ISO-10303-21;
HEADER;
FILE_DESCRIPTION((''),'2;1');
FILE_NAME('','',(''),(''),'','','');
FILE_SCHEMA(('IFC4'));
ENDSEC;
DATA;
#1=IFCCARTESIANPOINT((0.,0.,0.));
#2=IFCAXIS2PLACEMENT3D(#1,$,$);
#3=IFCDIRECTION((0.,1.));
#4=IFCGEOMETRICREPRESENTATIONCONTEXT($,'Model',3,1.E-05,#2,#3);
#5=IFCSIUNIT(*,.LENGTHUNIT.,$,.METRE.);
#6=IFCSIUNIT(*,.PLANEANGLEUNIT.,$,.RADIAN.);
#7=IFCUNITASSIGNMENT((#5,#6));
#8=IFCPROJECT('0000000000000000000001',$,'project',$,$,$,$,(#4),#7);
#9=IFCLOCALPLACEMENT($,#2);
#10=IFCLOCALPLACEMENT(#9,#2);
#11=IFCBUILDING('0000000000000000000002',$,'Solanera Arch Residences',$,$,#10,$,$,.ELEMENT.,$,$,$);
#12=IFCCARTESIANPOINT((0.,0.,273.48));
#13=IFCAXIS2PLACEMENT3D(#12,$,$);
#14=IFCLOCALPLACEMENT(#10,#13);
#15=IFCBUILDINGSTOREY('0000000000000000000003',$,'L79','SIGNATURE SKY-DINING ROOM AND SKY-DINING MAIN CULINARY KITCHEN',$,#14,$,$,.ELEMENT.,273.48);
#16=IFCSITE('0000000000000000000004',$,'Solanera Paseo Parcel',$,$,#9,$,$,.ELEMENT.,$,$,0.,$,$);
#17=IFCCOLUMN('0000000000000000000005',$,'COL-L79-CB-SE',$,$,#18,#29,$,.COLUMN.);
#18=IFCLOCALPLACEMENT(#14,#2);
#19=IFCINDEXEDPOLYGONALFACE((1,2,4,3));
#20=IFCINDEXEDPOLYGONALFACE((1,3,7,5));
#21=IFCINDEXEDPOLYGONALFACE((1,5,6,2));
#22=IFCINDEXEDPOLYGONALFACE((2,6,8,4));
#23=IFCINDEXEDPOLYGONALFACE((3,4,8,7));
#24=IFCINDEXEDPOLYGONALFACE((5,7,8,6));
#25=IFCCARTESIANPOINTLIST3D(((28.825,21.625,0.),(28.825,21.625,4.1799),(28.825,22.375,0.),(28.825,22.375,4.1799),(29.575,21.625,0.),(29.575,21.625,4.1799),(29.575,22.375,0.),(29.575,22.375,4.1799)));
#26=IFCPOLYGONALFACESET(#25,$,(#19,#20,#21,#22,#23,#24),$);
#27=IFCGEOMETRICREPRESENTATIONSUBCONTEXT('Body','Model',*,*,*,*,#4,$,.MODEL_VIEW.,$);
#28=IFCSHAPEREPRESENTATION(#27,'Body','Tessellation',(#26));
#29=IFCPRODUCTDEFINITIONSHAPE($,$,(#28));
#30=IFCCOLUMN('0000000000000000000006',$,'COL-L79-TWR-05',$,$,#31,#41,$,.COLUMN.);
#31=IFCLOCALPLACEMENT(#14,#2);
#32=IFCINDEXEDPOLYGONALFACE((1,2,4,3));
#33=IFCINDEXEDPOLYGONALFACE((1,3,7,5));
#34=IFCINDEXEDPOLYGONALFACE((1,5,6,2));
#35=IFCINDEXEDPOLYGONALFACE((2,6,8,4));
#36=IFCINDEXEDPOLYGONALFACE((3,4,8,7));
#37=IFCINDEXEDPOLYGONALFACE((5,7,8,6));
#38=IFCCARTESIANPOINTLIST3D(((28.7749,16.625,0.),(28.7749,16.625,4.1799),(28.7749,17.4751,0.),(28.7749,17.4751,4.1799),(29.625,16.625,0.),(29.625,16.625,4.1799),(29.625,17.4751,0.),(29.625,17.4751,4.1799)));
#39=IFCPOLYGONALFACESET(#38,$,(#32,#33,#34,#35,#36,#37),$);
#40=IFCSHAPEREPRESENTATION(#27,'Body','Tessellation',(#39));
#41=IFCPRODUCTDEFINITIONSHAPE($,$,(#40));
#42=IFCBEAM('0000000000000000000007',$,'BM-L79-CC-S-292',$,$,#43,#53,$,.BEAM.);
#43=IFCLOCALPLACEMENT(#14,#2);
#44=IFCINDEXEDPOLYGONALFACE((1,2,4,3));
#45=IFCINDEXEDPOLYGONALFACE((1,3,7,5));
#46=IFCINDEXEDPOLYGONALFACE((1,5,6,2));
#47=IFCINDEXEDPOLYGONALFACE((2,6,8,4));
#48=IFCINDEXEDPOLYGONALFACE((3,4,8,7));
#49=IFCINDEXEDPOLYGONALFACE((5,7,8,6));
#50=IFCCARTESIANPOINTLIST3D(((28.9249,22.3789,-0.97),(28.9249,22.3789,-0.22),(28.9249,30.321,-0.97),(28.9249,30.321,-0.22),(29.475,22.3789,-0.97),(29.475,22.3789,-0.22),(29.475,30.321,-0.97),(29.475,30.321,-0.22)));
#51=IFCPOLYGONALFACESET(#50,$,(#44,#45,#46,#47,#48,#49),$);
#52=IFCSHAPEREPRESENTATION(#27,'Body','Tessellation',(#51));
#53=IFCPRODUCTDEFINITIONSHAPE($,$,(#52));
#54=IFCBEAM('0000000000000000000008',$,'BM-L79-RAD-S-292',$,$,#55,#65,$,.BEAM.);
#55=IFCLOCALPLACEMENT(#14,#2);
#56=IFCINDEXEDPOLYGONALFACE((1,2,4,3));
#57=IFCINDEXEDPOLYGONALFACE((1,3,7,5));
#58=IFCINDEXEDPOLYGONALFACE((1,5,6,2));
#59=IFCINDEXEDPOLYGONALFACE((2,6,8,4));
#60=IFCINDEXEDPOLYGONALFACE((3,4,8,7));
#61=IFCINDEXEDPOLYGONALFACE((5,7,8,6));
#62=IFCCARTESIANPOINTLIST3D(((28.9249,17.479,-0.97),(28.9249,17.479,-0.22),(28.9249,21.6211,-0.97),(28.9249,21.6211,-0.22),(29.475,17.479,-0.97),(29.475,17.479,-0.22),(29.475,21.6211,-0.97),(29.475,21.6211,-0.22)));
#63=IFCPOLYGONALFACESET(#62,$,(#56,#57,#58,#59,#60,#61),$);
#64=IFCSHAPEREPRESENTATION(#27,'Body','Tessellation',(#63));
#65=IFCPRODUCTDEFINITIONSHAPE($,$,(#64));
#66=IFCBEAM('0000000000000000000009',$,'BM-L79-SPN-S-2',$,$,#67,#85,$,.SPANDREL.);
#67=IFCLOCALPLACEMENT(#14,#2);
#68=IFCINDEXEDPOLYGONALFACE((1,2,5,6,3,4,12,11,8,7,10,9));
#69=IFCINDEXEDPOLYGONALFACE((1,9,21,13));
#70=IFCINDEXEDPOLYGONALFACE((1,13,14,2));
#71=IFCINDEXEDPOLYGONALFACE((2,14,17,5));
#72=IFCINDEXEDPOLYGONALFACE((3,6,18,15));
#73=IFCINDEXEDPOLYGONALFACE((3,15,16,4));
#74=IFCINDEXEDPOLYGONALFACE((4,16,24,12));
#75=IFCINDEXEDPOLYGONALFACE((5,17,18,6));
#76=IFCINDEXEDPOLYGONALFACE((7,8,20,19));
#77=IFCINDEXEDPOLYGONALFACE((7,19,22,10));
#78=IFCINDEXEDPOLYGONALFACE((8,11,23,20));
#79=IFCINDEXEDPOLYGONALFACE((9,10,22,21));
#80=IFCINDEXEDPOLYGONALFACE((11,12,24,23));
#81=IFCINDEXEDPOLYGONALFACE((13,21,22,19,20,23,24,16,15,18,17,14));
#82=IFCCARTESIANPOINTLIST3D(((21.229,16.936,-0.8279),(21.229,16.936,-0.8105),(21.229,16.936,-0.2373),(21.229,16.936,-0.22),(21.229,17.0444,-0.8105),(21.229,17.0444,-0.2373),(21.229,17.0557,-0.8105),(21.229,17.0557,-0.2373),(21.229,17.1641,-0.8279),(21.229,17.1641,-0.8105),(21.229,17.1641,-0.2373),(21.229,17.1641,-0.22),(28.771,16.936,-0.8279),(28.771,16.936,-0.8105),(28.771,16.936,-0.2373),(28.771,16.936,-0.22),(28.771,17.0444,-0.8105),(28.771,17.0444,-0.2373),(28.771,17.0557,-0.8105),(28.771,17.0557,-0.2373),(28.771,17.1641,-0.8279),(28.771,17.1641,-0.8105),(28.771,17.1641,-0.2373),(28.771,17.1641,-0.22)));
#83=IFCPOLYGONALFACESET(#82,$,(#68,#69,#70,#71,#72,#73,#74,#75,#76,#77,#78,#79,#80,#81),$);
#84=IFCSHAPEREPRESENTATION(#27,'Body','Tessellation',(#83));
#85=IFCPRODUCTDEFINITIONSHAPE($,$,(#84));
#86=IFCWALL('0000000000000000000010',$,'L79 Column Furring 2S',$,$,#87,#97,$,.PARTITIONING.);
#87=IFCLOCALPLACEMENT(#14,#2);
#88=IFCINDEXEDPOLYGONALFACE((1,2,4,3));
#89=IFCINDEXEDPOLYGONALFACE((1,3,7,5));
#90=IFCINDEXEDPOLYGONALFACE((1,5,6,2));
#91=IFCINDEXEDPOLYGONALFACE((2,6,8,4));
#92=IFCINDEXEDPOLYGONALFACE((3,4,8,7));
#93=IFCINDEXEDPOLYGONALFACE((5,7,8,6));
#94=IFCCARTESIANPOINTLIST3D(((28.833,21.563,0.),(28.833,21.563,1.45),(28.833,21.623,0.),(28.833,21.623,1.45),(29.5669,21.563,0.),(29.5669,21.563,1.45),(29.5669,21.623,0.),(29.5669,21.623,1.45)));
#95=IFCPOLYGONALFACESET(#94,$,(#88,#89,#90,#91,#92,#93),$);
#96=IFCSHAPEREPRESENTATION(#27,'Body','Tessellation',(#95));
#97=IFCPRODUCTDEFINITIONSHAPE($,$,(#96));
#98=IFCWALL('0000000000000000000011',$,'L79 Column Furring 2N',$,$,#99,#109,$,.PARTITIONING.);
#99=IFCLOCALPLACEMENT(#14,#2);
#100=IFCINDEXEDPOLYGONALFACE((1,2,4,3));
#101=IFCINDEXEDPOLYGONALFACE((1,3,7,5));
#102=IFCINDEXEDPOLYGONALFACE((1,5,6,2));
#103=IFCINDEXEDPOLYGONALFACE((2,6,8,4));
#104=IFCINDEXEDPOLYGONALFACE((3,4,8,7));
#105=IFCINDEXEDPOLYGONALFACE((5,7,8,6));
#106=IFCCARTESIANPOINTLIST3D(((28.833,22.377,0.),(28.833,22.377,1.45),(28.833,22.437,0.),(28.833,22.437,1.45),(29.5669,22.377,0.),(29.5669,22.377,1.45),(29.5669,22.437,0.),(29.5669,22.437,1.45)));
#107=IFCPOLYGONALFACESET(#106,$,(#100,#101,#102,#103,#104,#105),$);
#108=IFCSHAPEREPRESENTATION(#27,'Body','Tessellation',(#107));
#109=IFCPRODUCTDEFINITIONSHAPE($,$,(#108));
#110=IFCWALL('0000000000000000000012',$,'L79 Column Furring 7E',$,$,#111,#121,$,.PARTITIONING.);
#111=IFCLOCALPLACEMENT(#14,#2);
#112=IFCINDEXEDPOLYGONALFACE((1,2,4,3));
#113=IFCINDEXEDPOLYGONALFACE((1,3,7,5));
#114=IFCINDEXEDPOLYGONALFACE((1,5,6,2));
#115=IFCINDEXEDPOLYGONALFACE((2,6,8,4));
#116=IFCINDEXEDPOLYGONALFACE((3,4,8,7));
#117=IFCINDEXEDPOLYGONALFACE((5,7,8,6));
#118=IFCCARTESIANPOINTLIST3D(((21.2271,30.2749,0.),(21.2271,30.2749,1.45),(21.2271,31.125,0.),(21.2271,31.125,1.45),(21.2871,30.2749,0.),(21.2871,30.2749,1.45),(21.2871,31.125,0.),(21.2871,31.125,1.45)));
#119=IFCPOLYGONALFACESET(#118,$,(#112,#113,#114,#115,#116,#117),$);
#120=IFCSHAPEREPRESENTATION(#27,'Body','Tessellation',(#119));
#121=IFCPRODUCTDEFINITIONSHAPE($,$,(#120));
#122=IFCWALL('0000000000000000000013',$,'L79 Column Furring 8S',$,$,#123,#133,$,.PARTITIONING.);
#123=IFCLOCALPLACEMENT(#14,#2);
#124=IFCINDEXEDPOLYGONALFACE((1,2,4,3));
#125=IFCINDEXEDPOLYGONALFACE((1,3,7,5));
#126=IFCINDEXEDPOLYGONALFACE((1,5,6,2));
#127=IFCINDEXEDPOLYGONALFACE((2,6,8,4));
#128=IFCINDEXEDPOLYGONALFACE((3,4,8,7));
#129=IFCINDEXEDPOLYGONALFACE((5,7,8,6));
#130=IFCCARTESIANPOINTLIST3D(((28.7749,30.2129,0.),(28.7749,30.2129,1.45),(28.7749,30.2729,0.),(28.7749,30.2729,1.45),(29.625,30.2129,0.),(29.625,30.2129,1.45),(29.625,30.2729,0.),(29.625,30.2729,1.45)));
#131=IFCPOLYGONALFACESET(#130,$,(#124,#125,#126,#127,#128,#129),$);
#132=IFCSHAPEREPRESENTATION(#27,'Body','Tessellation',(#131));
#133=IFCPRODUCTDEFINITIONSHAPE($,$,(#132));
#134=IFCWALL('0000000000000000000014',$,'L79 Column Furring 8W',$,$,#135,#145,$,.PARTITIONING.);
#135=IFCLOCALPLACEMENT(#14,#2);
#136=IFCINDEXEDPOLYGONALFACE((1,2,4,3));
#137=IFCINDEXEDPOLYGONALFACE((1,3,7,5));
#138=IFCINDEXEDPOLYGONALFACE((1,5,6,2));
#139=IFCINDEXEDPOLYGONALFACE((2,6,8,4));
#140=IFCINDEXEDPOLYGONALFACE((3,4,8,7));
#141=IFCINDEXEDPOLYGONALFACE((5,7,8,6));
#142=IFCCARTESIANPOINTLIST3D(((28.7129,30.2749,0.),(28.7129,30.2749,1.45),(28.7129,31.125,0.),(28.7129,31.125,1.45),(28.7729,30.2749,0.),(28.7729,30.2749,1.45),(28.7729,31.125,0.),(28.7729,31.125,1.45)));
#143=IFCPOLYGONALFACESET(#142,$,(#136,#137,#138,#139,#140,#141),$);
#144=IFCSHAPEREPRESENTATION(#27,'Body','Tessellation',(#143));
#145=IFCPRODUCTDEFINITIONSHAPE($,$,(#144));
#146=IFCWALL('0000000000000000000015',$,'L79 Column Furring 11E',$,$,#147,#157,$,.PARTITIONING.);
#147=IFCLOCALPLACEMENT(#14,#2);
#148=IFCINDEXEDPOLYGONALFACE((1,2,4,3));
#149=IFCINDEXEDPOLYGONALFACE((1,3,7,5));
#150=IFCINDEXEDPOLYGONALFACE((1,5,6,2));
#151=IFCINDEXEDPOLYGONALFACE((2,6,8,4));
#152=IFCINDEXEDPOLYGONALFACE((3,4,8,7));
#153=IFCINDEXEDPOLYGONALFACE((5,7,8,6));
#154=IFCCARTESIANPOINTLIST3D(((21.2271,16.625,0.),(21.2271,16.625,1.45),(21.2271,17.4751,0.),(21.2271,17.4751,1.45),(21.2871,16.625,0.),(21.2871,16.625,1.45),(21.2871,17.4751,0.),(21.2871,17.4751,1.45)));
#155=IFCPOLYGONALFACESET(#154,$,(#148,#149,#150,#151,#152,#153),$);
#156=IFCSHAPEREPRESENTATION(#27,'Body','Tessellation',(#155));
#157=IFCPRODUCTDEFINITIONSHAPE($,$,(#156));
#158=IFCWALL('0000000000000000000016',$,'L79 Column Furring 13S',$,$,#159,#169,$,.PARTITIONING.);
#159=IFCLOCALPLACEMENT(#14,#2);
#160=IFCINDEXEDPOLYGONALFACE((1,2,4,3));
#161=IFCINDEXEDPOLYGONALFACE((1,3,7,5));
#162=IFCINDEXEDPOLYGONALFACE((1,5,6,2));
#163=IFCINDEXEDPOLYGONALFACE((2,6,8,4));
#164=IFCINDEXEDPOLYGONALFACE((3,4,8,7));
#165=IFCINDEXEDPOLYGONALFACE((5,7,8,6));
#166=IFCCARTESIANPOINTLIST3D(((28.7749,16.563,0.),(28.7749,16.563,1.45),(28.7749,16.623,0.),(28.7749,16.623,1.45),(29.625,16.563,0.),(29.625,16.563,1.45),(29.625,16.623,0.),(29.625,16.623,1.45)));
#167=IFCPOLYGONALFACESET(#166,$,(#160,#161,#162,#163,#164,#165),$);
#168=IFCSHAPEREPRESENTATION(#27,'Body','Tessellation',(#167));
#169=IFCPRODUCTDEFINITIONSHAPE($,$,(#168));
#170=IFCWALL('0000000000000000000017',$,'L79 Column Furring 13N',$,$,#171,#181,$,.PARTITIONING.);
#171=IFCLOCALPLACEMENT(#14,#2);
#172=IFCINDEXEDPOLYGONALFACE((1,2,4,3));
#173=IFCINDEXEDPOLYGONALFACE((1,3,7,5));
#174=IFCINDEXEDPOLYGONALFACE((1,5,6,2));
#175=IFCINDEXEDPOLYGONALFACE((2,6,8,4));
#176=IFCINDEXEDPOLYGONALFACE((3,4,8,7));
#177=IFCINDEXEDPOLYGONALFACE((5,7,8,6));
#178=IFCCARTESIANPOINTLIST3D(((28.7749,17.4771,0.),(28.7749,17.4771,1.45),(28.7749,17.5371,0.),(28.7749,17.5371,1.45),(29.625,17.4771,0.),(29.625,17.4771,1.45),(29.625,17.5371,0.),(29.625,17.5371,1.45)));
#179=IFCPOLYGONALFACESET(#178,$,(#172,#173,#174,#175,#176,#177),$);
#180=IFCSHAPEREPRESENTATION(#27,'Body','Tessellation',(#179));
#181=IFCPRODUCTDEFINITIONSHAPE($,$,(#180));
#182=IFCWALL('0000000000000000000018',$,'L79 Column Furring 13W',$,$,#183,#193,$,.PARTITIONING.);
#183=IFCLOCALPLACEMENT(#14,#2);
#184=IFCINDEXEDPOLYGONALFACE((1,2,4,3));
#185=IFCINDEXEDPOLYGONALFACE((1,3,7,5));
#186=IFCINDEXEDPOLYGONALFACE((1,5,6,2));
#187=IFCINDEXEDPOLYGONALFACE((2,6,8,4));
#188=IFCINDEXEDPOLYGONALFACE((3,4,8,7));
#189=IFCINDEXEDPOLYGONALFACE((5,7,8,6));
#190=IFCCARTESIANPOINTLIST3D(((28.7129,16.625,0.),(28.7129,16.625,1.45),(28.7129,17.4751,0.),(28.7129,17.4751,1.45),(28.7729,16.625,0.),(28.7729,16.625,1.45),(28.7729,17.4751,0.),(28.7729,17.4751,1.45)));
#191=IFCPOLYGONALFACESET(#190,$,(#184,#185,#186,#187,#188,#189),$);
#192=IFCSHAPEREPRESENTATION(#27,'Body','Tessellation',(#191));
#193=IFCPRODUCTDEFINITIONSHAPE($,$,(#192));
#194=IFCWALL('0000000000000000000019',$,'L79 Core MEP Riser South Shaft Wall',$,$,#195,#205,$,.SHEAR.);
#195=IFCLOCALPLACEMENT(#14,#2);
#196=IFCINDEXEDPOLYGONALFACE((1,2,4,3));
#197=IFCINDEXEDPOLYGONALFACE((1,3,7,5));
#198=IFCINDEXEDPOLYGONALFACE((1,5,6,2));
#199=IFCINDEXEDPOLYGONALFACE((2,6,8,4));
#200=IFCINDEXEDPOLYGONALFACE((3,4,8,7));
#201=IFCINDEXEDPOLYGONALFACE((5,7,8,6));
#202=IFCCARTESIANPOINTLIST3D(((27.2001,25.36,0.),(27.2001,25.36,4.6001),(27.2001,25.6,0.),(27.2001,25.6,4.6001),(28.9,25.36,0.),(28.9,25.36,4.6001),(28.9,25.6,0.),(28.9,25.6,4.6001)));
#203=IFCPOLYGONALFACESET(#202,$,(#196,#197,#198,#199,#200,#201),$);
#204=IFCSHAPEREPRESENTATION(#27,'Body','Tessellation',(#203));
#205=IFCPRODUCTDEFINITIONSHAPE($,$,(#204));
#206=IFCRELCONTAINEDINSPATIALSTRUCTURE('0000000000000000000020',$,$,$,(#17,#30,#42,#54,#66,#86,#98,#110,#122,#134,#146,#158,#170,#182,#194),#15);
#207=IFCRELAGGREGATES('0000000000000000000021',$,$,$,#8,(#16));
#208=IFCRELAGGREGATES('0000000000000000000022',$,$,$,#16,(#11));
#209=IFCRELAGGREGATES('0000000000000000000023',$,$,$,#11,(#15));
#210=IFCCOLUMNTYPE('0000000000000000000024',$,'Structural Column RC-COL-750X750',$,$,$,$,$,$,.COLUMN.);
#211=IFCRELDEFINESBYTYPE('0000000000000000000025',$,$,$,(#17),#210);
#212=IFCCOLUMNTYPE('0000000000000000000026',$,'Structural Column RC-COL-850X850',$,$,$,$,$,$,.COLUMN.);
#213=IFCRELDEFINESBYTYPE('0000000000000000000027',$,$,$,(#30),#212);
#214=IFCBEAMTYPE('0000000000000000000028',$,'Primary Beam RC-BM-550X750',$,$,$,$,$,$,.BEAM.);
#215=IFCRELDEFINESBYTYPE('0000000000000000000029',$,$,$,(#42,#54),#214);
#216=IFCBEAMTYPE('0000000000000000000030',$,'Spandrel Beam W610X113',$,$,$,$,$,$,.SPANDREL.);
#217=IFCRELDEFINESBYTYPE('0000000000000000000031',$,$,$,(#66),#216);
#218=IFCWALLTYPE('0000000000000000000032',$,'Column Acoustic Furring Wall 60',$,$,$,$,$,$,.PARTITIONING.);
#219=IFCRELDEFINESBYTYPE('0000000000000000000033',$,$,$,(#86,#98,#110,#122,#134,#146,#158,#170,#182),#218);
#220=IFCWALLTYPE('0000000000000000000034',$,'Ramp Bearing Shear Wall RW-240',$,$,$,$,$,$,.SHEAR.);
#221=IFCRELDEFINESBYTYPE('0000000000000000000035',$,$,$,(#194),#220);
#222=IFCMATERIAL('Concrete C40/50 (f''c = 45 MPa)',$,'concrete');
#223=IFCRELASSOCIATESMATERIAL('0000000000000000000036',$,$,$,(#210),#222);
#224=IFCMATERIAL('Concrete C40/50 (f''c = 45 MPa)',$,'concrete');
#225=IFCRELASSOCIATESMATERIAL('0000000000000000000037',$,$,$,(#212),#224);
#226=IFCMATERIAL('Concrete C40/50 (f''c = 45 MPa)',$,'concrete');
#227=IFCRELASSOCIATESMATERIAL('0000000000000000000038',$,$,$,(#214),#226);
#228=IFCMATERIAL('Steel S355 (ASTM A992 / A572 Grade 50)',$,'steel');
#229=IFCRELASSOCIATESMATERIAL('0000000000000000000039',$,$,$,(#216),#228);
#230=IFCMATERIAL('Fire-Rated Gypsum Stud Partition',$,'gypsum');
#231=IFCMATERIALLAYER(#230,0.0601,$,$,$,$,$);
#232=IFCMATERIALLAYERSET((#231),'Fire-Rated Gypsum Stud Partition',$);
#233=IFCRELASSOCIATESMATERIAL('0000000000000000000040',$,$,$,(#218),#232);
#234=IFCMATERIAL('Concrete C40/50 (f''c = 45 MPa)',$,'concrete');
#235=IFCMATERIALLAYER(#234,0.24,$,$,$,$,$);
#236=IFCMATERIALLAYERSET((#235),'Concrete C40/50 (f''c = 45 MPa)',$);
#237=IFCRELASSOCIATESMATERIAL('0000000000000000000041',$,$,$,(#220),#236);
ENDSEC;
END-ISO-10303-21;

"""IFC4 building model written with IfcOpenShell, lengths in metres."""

from ifc_helpers import new_model, si_unit, direction, frame, frame_2d, origin, origin_2d, place, context, subcontext, project, spatial, rectangle, i_section, extrude, material, layer, layer_set, material_profile, profile_set, type_object, element, save


model = new_model("IFC4")

# Units and contexts
model_context = context("Model", 3, precision=1e-05, world=origin(), true_north=direction((0.0, 1.0)))
body_context = subcontext(model_context, "Body", "Model", "MODEL_VIEW")
ifc_project = project(units=[si_unit("LENGTHUNIT", "METRE"), si_unit("PLANEANGLEUNIT", "RADIAN")], contexts=[model_context])

# Site, building, storey
site_placement = place(None, origin())
site = spatial("IfcSite", under=ifc_project, at=site_placement, Name="Solanera Paseo Parcel", CompositionType="ELEMENT", RefElevation=0.0)
building_placement = place(site_placement, origin())
building = spatial("IfcBuilding", under=site, at=building_placement, Name="Solanera Arch Residences", CompositionType="ELEMENT")
storey_placement = place(building_placement, frame((0.0, 0.0, 273.48)))
storey = spatial("IfcBuildingStorey", under=building, at=storey_placement, Name="L79", Description="SIGNATURE SKY-DINING ROOM AND SKY-DINING MAIN CULINARY KITCHEN", CompositionType="ELEMENT", Elevation=273.48)

# Columns
ifc_material_1 = material(Name="Concrete C40/50 (f'c = 45 MPa)", Category="concrete")
ifc_material_profile_1 = material_profile(ifc_material_1, rectangle(XDim=0.75, YDim=0.75, at=origin_2d()))
ifc_profile_set_1 = profile_set([ifc_material_profile_1], Name="Concrete C40/50 (f'c = 45 MPa)")
column_type_1 = type_object("IfcColumnType", Name="Structural Column RC-COL-750X750", PredefinedType="COLUMN", material=ifc_profile_set_1)
column_1_placement = place(storey_placement, frame((29.2, 22.0, 0.0), z_axis=(0.0, 0.0, 1.0), x_axis=(1.0, 0.0, 0.0)))
element("IfcColumn", 1, at=column_1_placement, inside=storey, type_object=column_type_1, Name="COL-L79-CB-SE", PredefinedType="COLUMN", context=body_context, shape_type="SweptSolid", body=[
    extrude(rectangle(XDim=0.75, YDim=0.75, at=origin_2d()), origin(), (0.0, 0.0, 1.0), 4.1799),
])
ifc_material_2 = material(Name="Concrete C40/50 (f'c = 45 MPa)", Category="concrete")
ifc_material_profile_2 = material_profile(ifc_material_2, rectangle(XDim=0.8501, YDim=0.8501, at=origin_2d()))
ifc_profile_set_2 = profile_set([ifc_material_profile_2], Name="Concrete C40/50 (f'c = 45 MPa)")
column_type_2 = type_object("IfcColumnType", Name="Structural Column RC-COL-850X850", PredefinedType="COLUMN", material=ifc_profile_set_2)
column_2_placement = place(storey_placement, frame((29.2, 17.05, 0.0), z_axis=(0.0, 0.0, 1.0), x_axis=(1.0, 0.0, 0.0)))
element("IfcColumn", 2, at=column_2_placement, inside=storey, type_object=column_type_2, Name="COL-L79-TWR-05", PredefinedType="COLUMN", context=body_context, shape_type="SweptSolid", body=[
    extrude(rectangle(XDim=0.8501, YDim=0.8501, at=origin_2d()), origin(), (0.0, 0.0, 1.0), 4.1799),
])

# Beams
ifc_material_3 = material(Name="Concrete C40/50 (f'c = 45 MPa)", Category="concrete")
ifc_material_profile_3 = material_profile(ifc_material_3, rectangle(XDim=0.55, YDim=0.75, at=origin_2d()))
ifc_profile_set_3 = profile_set([ifc_material_profile_3], Name="Concrete C40/50 (f'c = 45 MPa)")
beam_type_1 = type_object("IfcBeamType", Name="Primary Beam RC-BM-550X750", PredefinedType="BEAM", material=ifc_profile_set_3)
beam_1_placement = place(storey_placement, frame((29.2, 22.3789, -0.595), z_axis=(0.0, 1.0, 0.0), x_axis=(-1.0, 0.0, 0.0)))
element("IfcBeam", 3, at=beam_1_placement, inside=storey, type_object=beam_type_1, Name="BM-L79-CC-S-292", PredefinedType="BEAM", context=body_context, shape_type="SweptSolid", body=[
    extrude(rectangle(XDim=0.55, YDim=0.75, at=origin_2d()), origin(), (0.0, 0.0, 1.0), 7.9421),
])
beam_2_placement = place(storey_placement, frame((29.2, 17.479, -0.595), z_axis=(0.0, 1.0, 0.0), x_axis=(-1.0, 0.0, 0.0)))
element("IfcBeam", 4, at=beam_2_placement, inside=storey, type_object=beam_type_1, Name="BM-L79-RAD-S-292", PredefinedType="BEAM", context=body_context, shape_type="SweptSolid", body=[
    extrude(rectangle(XDim=0.55, YDim=0.75, at=origin_2d()), origin(), (0.0, 0.0, 1.0), 4.1421),
])
ifc_material_4 = material(Name="Steel S355 (ASTM A992 / A572 Grade 50)", Category="steel")
ifc_material_profile_4 = material_profile(ifc_material_4, i_section(OverallWidth=0.228, OverallDepth=0.6079, WebThickness=0.0112, FlangeThickness=0.0173, at=origin_2d()))
ifc_profile_set_4 = profile_set([ifc_material_profile_4], Name="Steel S355 (ASTM A992 / A572 Grade 50)")
beam_type_2 = type_object("IfcBeamType", Name="Spandrel Beam W610X113", PredefinedType="SPANDREL", material=ifc_profile_set_4)
beam_3_placement = place(storey_placement, frame((21.229, 17.05, -0.5239), z_axis=(1.0, 0.0, 0.0), x_axis=(0.0, 1.0, 0.0)))
element("IfcBeam", 5, at=beam_3_placement, inside=storey, type_object=beam_type_2, Name="BM-L79-SPN-S-2", PredefinedType="SPANDREL", context=body_context, shape_type="SweptSolid", body=[
    extrude(i_section(OverallWidth=0.228, OverallDepth=0.6079, WebThickness=0.0112, FlangeThickness=0.0173, at=origin_2d()), origin(), (0.0, 0.0, 1.0), 7.542),
])

# Walls
ifc_material_5 = material(Name="Fire-Rated Gypsum Stud Partition", Category="gypsum")
ifc_layer_1 = layer(ifc_material_5, 0.0601)
ifc_layer_set_1 = layer_set([ifc_layer_1], Name="Fire-Rated Gypsum Stud Partition")
wall_type_1 = type_object("IfcWallType", Name="Column Acoustic Furring Wall 60", PredefinedType="PARTITIONING", material=ifc_layer_set_1)
for number, where, z_axis, x_axis, name in (
    (6, (28.833, 21.593, 0.0), (0.0, 0.0, 1.0), (1.0, 0.0, 0.0), "L79 Column Furring 2S"),
    (7, (28.833, 22.407, 0.0), (0.0, 0.0, 1.0), (1.0, 0.0, 0.0), "L79 Column Furring 2N"),
):
    element("IfcWall", number, at=place(storey_placement, frame(where, z_axis=z_axis, x_axis=x_axis)), inside=storey, type_object=wall_type_1, Name=name, PredefinedType="PARTITIONING", context=body_context, shape_type="SweptSolid", body=[
        extrude(rectangle(XDim=0.7339, YDim=0.0601, at=frame_2d((0.3669, 0.0))), origin(), (0.0, 0.0, 1.0), 1.45),
    ])
for number, where, z_axis, x_axis, name in (
    (8, (21.2571, 30.2749, 0.0), (0.0, 0.0, 1.0), (0.0, 1.0, 0.0), "L79 Column Furring 7E"),
    (9, (28.7749, 30.2429, 0.0), (0.0, 0.0, 1.0), (1.0, 0.0, 0.0), "L79 Column Furring 8S"),
    (10, (28.7429, 30.2749, 0.0), (0.0, 0.0, 1.0), (0.0, 1.0, 0.0), "L79 Column Furring 8W"),
    (11, (21.2571, 16.625, 0.0), (0.0, 0.0, 1.0), (0.0, 1.0, 0.0), "L79 Column Furring 11E"),
    (12, (28.7749, 16.593, 0.0), (0.0, 0.0, 1.0), (1.0, 0.0, 0.0), "L79 Column Furring 13S"),
    (13, (28.7749, 17.5071, 0.0), (0.0, 0.0, 1.0), (1.0, 0.0, 0.0), "L79 Column Furring 13N"),
    (14, (28.7429, 16.625, 0.0), (0.0, 0.0, 1.0), (0.0, 1.0, 0.0), "L79 Column Furring 13W"),
):
    element("IfcWall", number, at=place(storey_placement, frame(where, z_axis=z_axis, x_axis=x_axis)), inside=storey, type_object=wall_type_1, Name=name, PredefinedType="PARTITIONING", context=body_context, shape_type="SweptSolid", body=[
        extrude(rectangle(XDim=0.8501, YDim=0.0601, at=frame_2d((0.425, 0.0))), origin(), (0.0, 0.0, 1.0), 1.45),
    ])
ifc_material_6 = material(Name="Concrete C40/50 (f'c = 45 MPa)", Category="concrete")
ifc_layer_2 = layer(ifc_material_6, 0.24)
ifc_layer_set_2 = layer_set([ifc_layer_2], Name="Concrete C40/50 (f'c = 45 MPa)")
wall_type_2 = type_object("IfcWallType", Name="Ramp Bearing Shear Wall RW-240", PredefinedType="SHEAR", material=ifc_layer_set_2)
for number, where, z_axis, x_axis, name in (
    (15, (27.2, 25.48, 0.0), (0.0, 0.0, 1.0), (1.0, 0.0, 0.0), "L79 Core MEP Riser South Shaft Wall"),
):
    element("IfcWall", number, at=place(storey_placement, frame(where, z_axis=z_axis, x_axis=x_axis)), inside=storey, type_object=wall_type_2, Name=name, PredefinedType="SHEAR", context=body_context, shape_type="SweptSolid", body=[
        extrude(rectangle(XDim=1.7, YDim=0.24, at=frame_2d((0.8501, 0.0))), origin(), (0.0, 0.0, 1.0), 4.6001),
    ])

save(model, "model.ifc")
